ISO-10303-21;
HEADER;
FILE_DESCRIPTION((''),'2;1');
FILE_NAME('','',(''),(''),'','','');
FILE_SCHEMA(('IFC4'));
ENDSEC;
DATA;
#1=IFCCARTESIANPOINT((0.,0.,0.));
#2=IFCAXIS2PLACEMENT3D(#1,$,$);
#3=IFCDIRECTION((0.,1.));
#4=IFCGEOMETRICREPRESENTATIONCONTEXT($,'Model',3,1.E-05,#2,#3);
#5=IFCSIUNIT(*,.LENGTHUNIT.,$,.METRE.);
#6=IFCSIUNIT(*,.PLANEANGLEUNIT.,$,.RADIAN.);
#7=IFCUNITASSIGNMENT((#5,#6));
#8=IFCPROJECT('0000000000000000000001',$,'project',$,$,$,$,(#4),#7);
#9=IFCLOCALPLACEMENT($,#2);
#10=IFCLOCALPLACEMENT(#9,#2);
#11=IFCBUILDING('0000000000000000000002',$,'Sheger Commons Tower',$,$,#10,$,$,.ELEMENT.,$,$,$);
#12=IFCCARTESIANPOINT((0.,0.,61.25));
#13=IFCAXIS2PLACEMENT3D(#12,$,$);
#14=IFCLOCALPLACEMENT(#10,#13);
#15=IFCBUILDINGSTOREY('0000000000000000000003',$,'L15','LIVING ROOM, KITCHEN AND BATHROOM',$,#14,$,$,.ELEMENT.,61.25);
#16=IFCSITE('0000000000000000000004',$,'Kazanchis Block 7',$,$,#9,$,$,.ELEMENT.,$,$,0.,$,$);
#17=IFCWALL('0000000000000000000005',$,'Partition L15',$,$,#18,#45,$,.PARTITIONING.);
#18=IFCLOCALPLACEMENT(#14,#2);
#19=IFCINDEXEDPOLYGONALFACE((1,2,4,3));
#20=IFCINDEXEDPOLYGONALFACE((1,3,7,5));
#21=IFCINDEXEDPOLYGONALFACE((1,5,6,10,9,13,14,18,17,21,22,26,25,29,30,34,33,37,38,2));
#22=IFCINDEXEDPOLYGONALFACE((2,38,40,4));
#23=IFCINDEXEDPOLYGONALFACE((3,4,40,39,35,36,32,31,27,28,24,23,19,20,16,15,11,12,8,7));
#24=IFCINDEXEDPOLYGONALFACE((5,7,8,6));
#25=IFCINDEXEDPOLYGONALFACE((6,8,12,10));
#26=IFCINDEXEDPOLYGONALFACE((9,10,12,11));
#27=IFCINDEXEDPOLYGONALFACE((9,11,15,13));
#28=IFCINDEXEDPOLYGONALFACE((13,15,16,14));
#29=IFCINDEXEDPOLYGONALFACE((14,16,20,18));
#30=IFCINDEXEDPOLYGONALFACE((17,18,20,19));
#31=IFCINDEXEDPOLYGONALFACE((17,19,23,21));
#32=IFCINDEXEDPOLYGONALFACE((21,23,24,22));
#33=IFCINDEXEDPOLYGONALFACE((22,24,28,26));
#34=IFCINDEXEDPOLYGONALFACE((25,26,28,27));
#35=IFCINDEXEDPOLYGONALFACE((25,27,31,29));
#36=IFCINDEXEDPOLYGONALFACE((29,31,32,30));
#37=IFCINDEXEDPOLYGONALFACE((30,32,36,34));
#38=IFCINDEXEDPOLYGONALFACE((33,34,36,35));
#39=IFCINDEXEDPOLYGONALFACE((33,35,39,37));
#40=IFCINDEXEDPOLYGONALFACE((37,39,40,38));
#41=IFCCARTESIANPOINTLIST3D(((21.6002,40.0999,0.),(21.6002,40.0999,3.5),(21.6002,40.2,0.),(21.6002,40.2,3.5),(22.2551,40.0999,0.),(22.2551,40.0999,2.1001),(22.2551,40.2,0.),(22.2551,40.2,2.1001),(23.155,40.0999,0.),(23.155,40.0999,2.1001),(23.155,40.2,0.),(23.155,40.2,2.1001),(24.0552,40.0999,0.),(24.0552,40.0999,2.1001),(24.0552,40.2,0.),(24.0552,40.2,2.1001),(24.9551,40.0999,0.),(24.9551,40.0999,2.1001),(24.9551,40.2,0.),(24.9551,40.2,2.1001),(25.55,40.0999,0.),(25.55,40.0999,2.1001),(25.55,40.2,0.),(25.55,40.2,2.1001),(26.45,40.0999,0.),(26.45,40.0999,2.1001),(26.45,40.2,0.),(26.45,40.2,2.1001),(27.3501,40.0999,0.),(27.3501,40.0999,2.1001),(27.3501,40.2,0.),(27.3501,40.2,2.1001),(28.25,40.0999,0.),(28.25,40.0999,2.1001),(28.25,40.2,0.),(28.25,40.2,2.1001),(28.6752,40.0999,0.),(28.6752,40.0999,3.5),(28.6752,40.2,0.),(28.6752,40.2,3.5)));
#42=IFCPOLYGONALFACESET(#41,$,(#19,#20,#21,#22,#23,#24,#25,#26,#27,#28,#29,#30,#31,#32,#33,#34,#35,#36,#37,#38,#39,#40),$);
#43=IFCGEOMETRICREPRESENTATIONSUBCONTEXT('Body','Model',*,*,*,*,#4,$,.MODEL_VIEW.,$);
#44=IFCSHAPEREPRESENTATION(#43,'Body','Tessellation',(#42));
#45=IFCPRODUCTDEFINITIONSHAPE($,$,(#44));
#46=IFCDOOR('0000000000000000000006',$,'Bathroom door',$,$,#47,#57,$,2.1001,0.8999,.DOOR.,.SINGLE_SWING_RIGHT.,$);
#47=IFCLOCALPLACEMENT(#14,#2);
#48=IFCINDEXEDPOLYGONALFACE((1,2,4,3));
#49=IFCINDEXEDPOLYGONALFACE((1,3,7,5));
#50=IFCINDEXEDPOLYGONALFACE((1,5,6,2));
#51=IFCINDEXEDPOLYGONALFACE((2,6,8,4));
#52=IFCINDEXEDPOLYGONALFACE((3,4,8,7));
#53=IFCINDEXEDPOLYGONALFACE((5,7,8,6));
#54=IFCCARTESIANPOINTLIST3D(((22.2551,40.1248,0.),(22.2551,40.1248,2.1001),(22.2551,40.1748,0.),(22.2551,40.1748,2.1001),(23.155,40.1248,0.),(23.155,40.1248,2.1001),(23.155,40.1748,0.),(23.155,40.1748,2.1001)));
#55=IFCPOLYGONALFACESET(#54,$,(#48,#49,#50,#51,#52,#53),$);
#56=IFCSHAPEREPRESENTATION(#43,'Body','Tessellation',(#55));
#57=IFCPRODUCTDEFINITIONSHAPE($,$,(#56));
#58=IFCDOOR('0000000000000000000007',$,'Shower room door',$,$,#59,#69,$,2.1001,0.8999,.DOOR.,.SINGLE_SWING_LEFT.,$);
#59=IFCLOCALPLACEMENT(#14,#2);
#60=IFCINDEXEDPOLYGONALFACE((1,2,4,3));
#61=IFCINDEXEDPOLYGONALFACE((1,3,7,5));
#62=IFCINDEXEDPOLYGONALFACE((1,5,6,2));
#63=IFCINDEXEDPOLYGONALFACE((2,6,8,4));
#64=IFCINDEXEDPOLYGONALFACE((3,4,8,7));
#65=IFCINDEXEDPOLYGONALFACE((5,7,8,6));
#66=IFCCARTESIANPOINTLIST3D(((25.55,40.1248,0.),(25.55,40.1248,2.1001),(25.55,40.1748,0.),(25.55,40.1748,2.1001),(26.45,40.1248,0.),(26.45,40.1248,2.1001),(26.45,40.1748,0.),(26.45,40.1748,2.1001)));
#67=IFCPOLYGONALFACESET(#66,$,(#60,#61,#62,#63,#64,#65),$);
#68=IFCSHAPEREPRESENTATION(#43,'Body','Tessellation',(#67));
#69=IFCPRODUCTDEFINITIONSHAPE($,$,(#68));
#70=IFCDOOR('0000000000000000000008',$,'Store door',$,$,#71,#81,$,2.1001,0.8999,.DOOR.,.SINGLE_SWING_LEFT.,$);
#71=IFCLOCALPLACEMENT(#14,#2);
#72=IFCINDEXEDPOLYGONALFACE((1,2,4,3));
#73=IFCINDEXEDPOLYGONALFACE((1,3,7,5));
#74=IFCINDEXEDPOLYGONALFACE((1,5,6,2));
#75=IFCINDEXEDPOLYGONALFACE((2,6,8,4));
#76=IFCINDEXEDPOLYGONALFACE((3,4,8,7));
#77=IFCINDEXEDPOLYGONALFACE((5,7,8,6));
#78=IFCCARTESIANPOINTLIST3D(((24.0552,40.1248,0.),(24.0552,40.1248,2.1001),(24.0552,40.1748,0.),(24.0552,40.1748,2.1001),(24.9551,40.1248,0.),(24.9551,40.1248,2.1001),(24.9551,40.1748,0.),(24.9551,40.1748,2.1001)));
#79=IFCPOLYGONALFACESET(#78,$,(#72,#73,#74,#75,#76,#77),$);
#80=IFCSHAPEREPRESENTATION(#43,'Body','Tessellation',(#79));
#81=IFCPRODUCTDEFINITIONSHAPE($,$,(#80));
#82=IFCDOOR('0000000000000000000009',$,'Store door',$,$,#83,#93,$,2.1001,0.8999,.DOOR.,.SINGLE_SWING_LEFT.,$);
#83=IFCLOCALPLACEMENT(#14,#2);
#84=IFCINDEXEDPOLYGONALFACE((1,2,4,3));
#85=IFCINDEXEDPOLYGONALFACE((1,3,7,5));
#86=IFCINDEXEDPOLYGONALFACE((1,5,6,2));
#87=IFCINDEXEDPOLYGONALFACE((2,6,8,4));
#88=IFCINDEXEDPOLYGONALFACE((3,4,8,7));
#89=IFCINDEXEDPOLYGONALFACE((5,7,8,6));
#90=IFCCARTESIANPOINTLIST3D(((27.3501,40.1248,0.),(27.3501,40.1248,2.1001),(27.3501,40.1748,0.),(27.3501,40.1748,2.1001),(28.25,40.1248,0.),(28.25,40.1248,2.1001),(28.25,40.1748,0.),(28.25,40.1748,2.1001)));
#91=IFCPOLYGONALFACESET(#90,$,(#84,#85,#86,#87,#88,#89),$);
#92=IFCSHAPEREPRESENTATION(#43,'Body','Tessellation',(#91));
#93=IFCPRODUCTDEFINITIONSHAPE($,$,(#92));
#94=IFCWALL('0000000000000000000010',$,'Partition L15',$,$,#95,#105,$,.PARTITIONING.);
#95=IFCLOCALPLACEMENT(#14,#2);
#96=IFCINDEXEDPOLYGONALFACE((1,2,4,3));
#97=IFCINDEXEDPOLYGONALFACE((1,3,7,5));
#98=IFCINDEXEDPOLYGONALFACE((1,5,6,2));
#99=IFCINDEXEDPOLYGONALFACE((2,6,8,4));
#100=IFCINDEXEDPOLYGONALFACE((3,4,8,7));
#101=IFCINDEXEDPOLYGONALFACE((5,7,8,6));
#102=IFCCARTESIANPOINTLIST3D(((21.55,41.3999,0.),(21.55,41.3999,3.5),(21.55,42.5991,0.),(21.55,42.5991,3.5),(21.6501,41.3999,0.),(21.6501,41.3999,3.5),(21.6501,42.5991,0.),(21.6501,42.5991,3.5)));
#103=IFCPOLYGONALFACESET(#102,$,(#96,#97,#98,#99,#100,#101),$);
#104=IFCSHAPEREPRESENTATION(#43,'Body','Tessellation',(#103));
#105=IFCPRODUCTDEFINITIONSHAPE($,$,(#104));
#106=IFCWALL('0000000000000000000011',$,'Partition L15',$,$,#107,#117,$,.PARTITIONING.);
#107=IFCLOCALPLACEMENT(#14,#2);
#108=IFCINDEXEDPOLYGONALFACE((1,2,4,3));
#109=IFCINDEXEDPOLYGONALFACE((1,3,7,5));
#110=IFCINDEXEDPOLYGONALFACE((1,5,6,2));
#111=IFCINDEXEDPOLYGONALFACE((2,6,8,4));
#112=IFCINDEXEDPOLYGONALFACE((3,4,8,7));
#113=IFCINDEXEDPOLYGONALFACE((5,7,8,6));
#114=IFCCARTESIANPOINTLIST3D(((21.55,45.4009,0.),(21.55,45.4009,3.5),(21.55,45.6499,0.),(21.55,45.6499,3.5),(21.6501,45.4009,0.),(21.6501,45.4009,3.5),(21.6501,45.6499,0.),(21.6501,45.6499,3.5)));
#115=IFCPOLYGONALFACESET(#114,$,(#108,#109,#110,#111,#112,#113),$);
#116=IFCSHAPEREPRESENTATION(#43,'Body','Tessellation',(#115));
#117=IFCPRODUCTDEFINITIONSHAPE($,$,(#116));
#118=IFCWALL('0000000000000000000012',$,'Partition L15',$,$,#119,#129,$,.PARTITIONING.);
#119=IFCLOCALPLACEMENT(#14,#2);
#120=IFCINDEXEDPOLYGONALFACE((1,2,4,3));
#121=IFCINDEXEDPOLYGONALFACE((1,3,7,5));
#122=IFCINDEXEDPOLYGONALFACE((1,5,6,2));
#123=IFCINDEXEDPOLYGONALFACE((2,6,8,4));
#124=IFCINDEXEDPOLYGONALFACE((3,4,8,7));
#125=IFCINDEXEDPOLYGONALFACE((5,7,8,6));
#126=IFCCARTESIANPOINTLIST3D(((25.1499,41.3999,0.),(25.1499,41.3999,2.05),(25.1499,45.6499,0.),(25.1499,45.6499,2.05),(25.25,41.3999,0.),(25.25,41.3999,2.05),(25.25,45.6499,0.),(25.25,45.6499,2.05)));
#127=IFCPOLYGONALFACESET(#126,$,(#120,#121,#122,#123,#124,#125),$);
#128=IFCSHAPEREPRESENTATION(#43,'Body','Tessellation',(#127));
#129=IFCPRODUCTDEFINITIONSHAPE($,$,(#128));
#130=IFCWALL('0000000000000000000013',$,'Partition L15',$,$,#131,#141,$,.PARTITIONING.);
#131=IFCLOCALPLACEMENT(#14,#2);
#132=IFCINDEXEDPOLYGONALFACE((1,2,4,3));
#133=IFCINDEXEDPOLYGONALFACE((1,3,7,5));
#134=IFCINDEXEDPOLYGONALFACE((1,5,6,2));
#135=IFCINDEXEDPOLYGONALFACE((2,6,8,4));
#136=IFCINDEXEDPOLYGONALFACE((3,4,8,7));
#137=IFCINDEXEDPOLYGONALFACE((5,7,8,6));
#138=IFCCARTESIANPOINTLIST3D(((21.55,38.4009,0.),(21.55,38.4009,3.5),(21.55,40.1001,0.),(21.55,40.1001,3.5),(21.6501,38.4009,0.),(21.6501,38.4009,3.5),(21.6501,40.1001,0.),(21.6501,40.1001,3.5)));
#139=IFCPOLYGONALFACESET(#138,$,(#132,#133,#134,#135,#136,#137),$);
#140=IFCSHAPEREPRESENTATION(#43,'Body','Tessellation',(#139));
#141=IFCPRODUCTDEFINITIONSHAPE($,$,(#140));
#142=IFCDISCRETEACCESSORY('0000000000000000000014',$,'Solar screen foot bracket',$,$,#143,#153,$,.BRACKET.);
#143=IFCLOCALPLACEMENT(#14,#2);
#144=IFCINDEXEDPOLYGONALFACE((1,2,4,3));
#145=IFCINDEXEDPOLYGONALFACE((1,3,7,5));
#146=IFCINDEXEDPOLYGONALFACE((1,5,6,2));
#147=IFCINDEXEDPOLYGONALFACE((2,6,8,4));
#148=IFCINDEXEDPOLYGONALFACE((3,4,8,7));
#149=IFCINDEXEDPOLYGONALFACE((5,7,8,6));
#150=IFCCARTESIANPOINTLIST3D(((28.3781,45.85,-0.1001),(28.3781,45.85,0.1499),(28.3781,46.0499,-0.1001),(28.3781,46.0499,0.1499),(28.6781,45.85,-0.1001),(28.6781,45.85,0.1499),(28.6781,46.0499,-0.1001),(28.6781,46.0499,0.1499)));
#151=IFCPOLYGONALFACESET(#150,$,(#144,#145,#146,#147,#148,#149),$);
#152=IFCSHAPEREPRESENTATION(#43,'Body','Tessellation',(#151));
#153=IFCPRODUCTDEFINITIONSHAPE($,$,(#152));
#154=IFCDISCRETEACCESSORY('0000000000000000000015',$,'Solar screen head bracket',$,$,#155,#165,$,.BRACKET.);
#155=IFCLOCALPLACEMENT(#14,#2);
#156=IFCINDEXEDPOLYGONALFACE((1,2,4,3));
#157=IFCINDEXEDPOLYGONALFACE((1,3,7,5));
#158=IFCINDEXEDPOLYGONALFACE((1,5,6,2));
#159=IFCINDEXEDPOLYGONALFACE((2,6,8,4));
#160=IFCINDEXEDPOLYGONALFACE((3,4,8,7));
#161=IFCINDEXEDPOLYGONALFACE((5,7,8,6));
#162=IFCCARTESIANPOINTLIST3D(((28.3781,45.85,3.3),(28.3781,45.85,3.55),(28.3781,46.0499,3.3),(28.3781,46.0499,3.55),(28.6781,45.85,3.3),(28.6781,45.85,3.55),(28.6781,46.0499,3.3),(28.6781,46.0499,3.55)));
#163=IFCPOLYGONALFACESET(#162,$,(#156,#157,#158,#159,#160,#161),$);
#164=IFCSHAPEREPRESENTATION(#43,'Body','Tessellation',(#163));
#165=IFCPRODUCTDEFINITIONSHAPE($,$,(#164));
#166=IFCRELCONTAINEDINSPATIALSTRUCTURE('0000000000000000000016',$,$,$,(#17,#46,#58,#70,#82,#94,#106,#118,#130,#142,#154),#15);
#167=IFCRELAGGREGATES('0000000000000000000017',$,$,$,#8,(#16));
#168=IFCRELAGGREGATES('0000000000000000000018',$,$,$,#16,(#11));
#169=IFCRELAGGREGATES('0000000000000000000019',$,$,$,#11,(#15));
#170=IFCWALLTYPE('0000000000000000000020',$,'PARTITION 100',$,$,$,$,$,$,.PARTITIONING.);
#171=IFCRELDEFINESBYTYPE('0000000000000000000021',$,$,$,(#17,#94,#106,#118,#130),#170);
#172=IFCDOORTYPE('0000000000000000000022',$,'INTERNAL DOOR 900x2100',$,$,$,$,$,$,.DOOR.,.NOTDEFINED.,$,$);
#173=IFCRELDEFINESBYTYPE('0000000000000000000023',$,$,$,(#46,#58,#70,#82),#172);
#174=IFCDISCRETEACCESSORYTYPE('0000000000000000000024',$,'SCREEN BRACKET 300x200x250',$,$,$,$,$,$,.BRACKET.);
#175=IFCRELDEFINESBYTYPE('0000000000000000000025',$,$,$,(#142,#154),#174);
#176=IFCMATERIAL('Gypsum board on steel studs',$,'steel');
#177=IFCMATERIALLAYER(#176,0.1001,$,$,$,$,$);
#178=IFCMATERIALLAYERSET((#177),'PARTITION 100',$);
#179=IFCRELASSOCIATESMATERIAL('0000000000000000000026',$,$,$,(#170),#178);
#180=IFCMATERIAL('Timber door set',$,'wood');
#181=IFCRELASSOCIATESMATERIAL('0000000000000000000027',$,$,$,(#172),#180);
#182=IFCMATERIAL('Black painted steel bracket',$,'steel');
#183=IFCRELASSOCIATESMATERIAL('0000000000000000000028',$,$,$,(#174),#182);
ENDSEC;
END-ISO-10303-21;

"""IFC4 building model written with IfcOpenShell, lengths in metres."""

from ifc_helpers import new_model, si_unit, direction, frame, frame_2d, origin, origin_2d, place, context, subcontext, project, spatial, rectangle, extrude, material, layer, layer_set, type_object, element, fill, save


model = new_model("IFC4")

# Units and contexts
model_context = context("Model", 3, precision=1e-05, world=origin(), true_north=direction((0.0, 1.0)))
body_context = subcontext(model_context, "Body", "Model", "MODEL_VIEW")
ifc_project = project(units=[si_unit("LENGTHUNIT", "METRE"), si_unit("PLANEANGLEUNIT", "RADIAN")], contexts=[model_context])

# Site, building, storey
site_placement = place(None, origin())
site = spatial("IfcSite", under=ifc_project, at=site_placement, Name="Kazanchis Block 7", CompositionType="ELEMENT", RefElevation=0.0)
building_placement = place(site_placement, origin())
building = spatial("IfcBuilding", under=site, at=building_placement, Name="Sheger Commons Tower", CompositionType="ELEMENT")
storey_placement = place(building_placement, frame((0.0, 0.0, 61.25)))
storey = spatial("IfcBuildingStorey", under=building, at=storey_placement, Name="L15", Description="LIVING ROOM, KITCHEN AND BATHROOM", CompositionType="ELEMENT", Elevation=61.25)

# Wall, openings, doors
ifc_material_1 = material(Name="Gypsum board on steel studs", Category="steel")
ifc_layer_1 = layer(ifc_material_1, 0.1001)
ifc_layer_set_1 = layer_set([ifc_layer_1], Name="PARTITION 100")
wall_type = type_object("IfcWallType", Name="PARTITION 100", PredefinedType="PARTITIONING", material=ifc_layer_set_1)
ifc_material_2 = material(Name="Timber door set", Category="wood")
door_type = type_object("IfcDoorType", Name="INTERNAL DOOR 900x2100", OperationType="NOTDEFINED", PredefinedType="DOOR", material=ifc_material_2)
wall_1_placement = place(storey_placement, frame((21.6001, 40.1499, 0.0), z_axis=(0.0, 0.0, 1.0), x_axis=(1.0, 0.0, 0.0)))
wall_1 = element("IfcWall", 1, at=wall_1_placement, inside=storey, type_object=wall_type, Name="Partition L15", PredefinedType="PARTITIONING", context=body_context, shape_type="SweptSolid", body=[
    extrude(rectangle(XDim=7.075, YDim=0.1001, at=frame_2d((3.5376, 0.0))), origin(), (0.0, 0.0, 1.0), 3.5),
])
opening_1_placement = place(wall_1_placement, frame((0.655, 0.0, 0.0)))
opening_1 = element("IfcOpeningElement", 2, at=opening_1_placement, cuts=wall_1, PredefinedType="OPENING", context=body_context, shape_type="SweptSolid", body=[
    extrude(rectangle(XDim=0.8999, YDim=2.1001, at=frame_2d((0.45, 1.05))), frame((0.0, 0.0601, 0.0), z_axis=(0.0, -1.0, 0.0), x_axis=(1.0, 0.0, 0.0)), (0.0, 0.0, 1.0), 0.1201),
])
opening_2_placement = place(wall_1_placement, frame((3.95, 0.0, 0.0)))
opening_2 = element("IfcOpeningElement", 3, at=opening_2_placement, cuts=wall_1, PredefinedType="OPENING", context=body_context, shape_type="SweptSolid", body=[
    extrude(rectangle(XDim=0.8999, YDim=2.1001, at=frame_2d((0.45, 1.05))), frame((0.0, 0.0601, 0.0), z_axis=(0.0, -1.0, 0.0), x_axis=(1.0, 0.0, 0.0)), (0.0, 0.0, 1.0), 0.1201),
])
opening_3_placement = place(wall_1_placement, frame((2.4551, 0.0, 0.0)))
opening_3 = element("IfcOpeningElement", 4, at=opening_3_placement, cuts=wall_1, PredefinedType="OPENING", context=body_context, shape_type="SweptSolid", body=[
    extrude(rectangle(XDim=0.8999, YDim=2.1001, at=frame_2d((0.45, 1.05))), frame((0.0, 0.0601, 0.0), z_axis=(0.0, -1.0, 0.0), x_axis=(1.0, 0.0, 0.0)), (0.0, 0.0, 1.0), 0.1201),
])
opening_4_placement = place(wall_1_placement, frame((5.75, 0.0, 0.0)))
opening_4 = element("IfcOpeningElement", 5, at=opening_4_placement, cuts=wall_1, PredefinedType="OPENING", context=body_context, shape_type="SweptSolid", body=[
    extrude(rectangle(XDim=0.8999, YDim=2.1001, at=frame_2d((0.45, 1.05))), frame((0.0, 0.0601, 0.0), z_axis=(0.0, -1.0, 0.0), x_axis=(1.0, 0.0, 0.0)), (0.0, 0.0, 1.0), 0.1201),
])
door_1_placement = place(opening_1_placement, origin())
door_1 = element("IfcDoor", 6, at=door_1_placement, inside=storey, type_object=door_type, Name="Bathroom door", OperationType="SINGLE_SWING_RIGHT", OverallHeight=2.1001, OverallWidth=0.8999, PredefinedType="DOOR", context=body_context, shape_type="SweptSolid", body=[
    extrude(rectangle(XDim=0.8999, YDim=2.1001, at=frame_2d((0.45, 1.05))), frame((0.0, 0.0249, 0.0), z_axis=(0.0, -1.0, 0.0), x_axis=(1.0, 0.0, 0.0)), (0.0, 0.0, 1.0), 0.05),
])
fill(opening_1, door_1)
door_2_placement = place(opening_2_placement, origin())
door_2 = element("IfcDoor", 7, at=door_2_placement, inside=storey, type_object=door_type, Name="Shower room door", OperationType="SINGLE_SWING_LEFT", OverallHeight=2.1001, OverallWidth=0.8999, PredefinedType="DOOR", context=body_context, shape_type="SweptSolid", body=[
    extrude(rectangle(XDim=0.8999, YDim=2.1001, at=frame_2d((0.45, 1.05))), frame((0.0, 0.0249, 0.0), z_axis=(0.0, -1.0, 0.0), x_axis=(1.0, 0.0, 0.0)), (0.0, 0.0, 1.0), 0.05),
])
fill(opening_2, door_2)
door_3_placement = place(opening_3_placement, origin())
door_3 = element("IfcDoor", 8, at=door_3_placement, inside=storey, type_object=door_type, Name="Store door", OperationType="SINGLE_SWING_LEFT", OverallHeight=2.1001, OverallWidth=0.8999, PredefinedType="DOOR", context=body_context, shape_type="SweptSolid", body=[
    extrude(rectangle(XDim=0.8999, YDim=2.1001, at=frame_2d((0.45, 1.05))), frame((0.0, 0.0249, 0.0), z_axis=(0.0, -1.0, 0.0), x_axis=(1.0, 0.0, 0.0)), (0.0, 0.0, 1.0), 0.05),
])
fill(opening_3, door_3)
door_4_placement = place(opening_4_placement, origin())
door_4 = element("IfcDoor", 9, at=door_4_placement, inside=storey, type_object=door_type, Name="Store door", OperationType="SINGLE_SWING_LEFT", OverallHeight=2.1001, OverallWidth=0.8999, PredefinedType="DOOR", context=body_context, shape_type="SweptSolid", body=[
    extrude(rectangle(XDim=0.8999, YDim=2.1001, at=frame_2d((0.45, 1.05))), frame((0.0, 0.0249, 0.0), z_axis=(0.0, -1.0, 0.0), x_axis=(1.0, 0.0, 0.0)), (0.0, 0.0, 1.0), 0.05),
])
fill(opening_4, door_4)

# Walls
wall_2_placement = place(storey_placement, frame((21.6001, 41.3999, 0.0), z_axis=(0.0, 0.0, 1.0), x_axis=(0.0, 1.0, 0.0)))
element("IfcWall", 10, at=wall_2_placement, inside=storey, type_object=wall_type, Name="Partition L15", PredefinedType="PARTITIONING", context=body_context, shape_type="SweptSolid", body=[
    extrude(rectangle(XDim=1.1992, YDim=0.1001, at=frame_2d((0.5996, 0.0))), origin(), (0.0, 0.0, 1.0), 3.5),
])
wall_3_placement = place(storey_placement, frame((21.6001, 45.4009, 0.0), z_axis=(0.0, 0.0, 1.0), x_axis=(0.0, 1.0, 0.0)))
element("IfcWall", 11, at=wall_3_placement, inside=storey, type_object=wall_type, Name="Partition L15", PredefinedType="PARTITIONING", context=body_context, shape_type="SweptSolid", body=[
    extrude(rectangle(XDim=0.249, YDim=0.1001, at=frame_2d((0.1245, 0.0))), origin(), (0.0, 0.0, 1.0), 3.5),
])
wall_4_placement = place(storey_placement, frame((25.2, 41.3999, 0.0), z_axis=(0.0, 0.0, 1.0), x_axis=(0.0, 1.0, 0.0)))
element("IfcWall", 12, at=wall_4_placement, inside=storey, type_object=wall_type, Name="Partition L15", PredefinedType="PARTITIONING", context=body_context, shape_type="SweptSolid", body=[
    extrude(rectangle(XDim=4.25, YDim=0.1001, at=frame_2d((2.125, 0.0))), origin(), (0.0, 0.0, 1.0), 2.05),
])
wall_5_placement = place(storey_placement, frame((21.6001, 38.4009, 0.0), z_axis=(0.0, 0.0, 1.0), x_axis=(0.0, 1.0, 0.0)))
element("IfcWall", 13, at=wall_5_placement, inside=storey, type_object=wall_type, Name="Partition L15", PredefinedType="PARTITIONING", context=body_context, shape_type="SweptSolid", body=[
    extrude(rectangle(XDim=1.6992, YDim=0.1001, at=frame_2d((0.8496, 0.0))), origin(), (0.0, 0.0, 1.0), 3.5),
])

# Discrete accessories
ifc_material_3 = material(Name="Black painted steel bracket", Category="steel")
discrete_accessory_type = type_object("IfcDiscreteAccessoryType", Name="SCREEN BRACKET 300x200x250", PredefinedType="BRACKET", material=ifc_material_3)
for number, where, z_axis, x_axis, name in (
    (14, (28.5281, 45.95, -0.1001), (0.0, 0.0, 1.0), (-1.0, 0.0, 0.0), "Solar screen foot bracket"),
    (15, (28.5281, 45.95, 3.3), (0.0, 0.0, 1.0), (-1.0, 0.0, 0.0), "Solar screen head bracket"),
):
    element("IfcDiscreteAccessory", number, at=place(storey_placement, frame(where, z_axis=z_axis, x_axis=x_axis)), inside=storey, type_object=discrete_accessory_type, Name=name, PredefinedType="BRACKET", context=body_context, shape_type="SweptSolid", body=[
        extrude(rectangle(XDim=0.3, YDim=0.2, at=origin_2d()), origin(), (0.0, 0.0, 1.0), 0.25),
    ])

save(model, "model.ifc")
